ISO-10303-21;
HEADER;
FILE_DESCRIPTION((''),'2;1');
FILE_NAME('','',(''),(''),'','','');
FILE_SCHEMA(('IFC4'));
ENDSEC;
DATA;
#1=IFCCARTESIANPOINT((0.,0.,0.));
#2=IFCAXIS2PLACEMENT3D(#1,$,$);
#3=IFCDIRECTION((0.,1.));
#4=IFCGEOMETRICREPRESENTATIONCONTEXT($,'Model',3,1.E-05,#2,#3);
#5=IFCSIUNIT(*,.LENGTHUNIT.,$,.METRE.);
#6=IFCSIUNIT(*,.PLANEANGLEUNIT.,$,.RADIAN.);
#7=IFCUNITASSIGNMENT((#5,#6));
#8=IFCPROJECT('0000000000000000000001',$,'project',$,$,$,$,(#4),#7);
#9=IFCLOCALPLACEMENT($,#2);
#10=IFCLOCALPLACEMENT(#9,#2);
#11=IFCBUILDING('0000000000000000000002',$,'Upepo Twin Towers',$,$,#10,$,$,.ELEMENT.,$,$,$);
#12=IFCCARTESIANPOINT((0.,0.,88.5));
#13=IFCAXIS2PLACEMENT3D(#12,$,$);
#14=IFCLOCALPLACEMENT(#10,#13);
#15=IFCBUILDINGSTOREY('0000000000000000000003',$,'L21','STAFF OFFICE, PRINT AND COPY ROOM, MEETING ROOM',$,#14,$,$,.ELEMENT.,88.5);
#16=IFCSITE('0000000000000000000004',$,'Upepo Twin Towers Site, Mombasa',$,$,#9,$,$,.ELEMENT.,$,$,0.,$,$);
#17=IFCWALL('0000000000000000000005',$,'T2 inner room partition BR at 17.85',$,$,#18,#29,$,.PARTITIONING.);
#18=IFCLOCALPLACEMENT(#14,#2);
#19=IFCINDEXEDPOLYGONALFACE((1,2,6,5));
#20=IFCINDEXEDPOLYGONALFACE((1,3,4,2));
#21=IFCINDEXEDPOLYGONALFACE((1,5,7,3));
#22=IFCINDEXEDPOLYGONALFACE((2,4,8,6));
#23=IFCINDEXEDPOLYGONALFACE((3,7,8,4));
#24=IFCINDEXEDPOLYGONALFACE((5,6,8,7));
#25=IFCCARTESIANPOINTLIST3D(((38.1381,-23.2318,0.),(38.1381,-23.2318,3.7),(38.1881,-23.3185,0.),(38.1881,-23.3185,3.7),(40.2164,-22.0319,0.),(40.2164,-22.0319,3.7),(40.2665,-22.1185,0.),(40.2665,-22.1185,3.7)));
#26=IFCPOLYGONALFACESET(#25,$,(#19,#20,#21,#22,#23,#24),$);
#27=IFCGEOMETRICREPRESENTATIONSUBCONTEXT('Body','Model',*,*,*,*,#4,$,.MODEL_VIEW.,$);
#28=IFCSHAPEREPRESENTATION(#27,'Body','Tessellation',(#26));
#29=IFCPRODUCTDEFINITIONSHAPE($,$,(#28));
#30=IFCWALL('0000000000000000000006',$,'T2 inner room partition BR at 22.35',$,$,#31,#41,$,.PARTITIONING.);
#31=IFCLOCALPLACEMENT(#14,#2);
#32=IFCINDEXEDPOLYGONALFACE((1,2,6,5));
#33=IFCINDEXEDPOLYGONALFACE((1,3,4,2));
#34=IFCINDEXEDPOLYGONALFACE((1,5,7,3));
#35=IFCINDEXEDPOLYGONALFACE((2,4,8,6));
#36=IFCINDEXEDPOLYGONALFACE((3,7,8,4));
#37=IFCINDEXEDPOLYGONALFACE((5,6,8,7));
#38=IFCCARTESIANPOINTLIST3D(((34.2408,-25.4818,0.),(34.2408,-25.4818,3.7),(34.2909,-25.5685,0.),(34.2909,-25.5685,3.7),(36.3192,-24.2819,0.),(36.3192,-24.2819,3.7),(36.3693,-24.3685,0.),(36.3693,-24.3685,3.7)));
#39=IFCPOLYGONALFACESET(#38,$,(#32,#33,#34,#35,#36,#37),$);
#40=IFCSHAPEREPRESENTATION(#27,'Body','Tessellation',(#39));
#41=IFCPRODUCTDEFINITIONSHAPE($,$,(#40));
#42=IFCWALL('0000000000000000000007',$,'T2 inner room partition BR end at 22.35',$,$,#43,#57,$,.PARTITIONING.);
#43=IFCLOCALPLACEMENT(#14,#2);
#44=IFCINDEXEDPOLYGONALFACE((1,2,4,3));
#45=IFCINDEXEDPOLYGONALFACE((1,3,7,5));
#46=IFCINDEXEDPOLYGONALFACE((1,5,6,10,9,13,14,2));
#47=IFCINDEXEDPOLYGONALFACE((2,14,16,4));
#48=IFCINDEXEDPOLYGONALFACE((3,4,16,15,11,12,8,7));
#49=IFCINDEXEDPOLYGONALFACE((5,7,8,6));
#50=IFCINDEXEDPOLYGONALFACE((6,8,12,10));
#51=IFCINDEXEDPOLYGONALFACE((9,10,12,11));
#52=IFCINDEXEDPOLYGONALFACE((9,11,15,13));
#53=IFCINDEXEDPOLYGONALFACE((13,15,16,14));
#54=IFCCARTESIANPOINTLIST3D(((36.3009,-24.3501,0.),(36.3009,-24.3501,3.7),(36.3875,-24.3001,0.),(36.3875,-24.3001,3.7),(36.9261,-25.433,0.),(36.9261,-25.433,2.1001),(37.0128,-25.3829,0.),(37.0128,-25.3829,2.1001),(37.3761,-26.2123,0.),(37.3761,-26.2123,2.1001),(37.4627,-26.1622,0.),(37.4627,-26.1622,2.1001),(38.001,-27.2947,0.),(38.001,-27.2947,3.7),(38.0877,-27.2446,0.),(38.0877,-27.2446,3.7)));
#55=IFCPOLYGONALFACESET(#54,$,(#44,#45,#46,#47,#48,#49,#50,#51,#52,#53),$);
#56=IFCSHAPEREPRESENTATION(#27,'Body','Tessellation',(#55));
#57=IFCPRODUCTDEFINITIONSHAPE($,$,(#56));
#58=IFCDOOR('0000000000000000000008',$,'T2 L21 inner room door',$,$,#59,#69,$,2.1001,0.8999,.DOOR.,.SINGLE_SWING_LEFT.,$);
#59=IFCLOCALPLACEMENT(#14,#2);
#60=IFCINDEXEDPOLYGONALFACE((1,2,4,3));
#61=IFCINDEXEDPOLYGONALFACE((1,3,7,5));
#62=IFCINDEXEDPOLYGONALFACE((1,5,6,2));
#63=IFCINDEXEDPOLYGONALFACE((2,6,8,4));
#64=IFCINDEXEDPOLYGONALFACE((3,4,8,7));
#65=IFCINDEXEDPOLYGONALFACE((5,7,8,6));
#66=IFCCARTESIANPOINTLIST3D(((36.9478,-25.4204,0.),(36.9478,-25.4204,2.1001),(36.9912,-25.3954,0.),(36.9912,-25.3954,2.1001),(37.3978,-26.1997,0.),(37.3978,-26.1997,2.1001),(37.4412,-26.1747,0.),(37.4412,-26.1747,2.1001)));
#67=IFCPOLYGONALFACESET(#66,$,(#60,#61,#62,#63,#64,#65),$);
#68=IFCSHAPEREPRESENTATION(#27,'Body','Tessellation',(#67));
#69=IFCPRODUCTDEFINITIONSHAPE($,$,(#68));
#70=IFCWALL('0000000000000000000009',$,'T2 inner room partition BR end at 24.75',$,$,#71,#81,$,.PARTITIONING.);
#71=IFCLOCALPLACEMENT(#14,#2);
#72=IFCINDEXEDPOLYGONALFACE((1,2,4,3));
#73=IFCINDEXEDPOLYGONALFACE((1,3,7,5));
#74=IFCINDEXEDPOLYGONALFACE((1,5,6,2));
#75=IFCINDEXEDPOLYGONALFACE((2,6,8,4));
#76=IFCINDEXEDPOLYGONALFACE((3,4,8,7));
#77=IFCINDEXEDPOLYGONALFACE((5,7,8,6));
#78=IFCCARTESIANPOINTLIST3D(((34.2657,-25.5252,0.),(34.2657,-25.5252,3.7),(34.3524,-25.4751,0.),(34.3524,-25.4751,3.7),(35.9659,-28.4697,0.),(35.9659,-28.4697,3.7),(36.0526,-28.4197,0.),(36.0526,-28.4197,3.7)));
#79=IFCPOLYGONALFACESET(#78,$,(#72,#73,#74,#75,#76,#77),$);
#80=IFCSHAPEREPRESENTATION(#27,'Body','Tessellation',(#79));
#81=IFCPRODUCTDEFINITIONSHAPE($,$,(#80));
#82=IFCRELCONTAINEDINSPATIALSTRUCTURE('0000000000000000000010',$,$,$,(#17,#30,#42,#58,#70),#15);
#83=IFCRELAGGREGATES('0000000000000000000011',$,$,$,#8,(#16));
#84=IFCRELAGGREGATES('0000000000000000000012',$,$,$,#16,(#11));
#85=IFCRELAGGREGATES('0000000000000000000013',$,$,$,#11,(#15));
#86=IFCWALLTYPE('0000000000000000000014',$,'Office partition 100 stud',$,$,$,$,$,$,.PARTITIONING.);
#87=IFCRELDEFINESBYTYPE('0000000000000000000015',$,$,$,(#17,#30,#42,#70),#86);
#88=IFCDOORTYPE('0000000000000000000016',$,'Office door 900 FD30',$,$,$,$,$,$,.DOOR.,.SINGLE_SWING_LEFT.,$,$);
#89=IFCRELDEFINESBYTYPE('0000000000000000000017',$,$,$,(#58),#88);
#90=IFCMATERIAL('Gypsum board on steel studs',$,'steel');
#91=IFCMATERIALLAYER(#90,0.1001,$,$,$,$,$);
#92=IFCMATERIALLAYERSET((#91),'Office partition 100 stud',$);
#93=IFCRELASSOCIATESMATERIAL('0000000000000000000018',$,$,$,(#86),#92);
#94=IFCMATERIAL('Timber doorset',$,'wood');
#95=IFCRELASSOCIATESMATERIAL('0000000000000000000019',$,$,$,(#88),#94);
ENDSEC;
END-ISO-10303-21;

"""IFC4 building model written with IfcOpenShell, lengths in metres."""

from ifc_helpers import new_model, si_unit, direction, frame, frame_2d, origin, place, context, subcontext, project, spatial, rectangle, extrude, material, layer, layer_set, type_object, element, fill, save


model = new_model("IFC4")

# Units and contexts
model_context = context("Model", 3, precision=1e-05, world=origin(), true_north=direction((0.0, 1.0)))
body_context = subcontext(model_context, "Body", "Model", "MODEL_VIEW")
ifc_project = project(units=[si_unit("LENGTHUNIT", "METRE"), si_unit("PLANEANGLEUNIT", "RADIAN")], contexts=[model_context])

# Site, building, storey
site_placement = place(None, origin())
site = spatial("IfcSite", under=ifc_project, at=site_placement, Name="Upepo Twin Towers Site, Mombasa", CompositionType="ELEMENT", RefElevation=0.0)
building_placement = place(site_placement, origin())
building = spatial("IfcBuilding", under=site, at=building_placement, Name="Upepo Twin Towers", CompositionType="ELEMENT")
storey_placement = place(building_placement, frame((0.0, 0.0, 88.5)))
storey = spatial("IfcBuildingStorey", under=building, at=storey_placement, Name="L21", Description="STAFF OFFICE, PRINT AND COPY ROOM, MEETING ROOM", CompositionType="ELEMENT", Elevation=88.5)

# Shared definitions
ifc_material_1 = material(Name="Gypsum board on steel studs", Category="steel")
ifc_layer_1 = layer(ifc_material_1, 0.1001)
ifc_layer_set_1 = layer_set([ifc_layer_1], Name="Office partition 100 stud")
wall_type_1 = type_object("IfcWallType", Name="Office partition 100 stud", PredefinedType="PARTITIONING", material=ifc_layer_set_1)
ifc_material_2 = material(Name="Timber doorset", Category="wood")
door_type = type_object("IfcDoorType", Name="Office door 900 FD30", OperationType="SINGLE_SWING_LEFT", PredefinedType="DOOR", material=ifc_material_2)

# Walls
for number, where, z_axis, x_axis, name in (
    (1, (40.2415, -22.0752, 0.0), (0.0, 0.0, 1.0), (-0.866025, -0.500001, 0.0), "T2 inner room partition BR at 17.85"),
    (2, (36.3442, -24.3252, 0.0), (0.0, 0.0, 1.0), (-0.866025, -0.500001, 0.0), "T2 inner room partition BR at 22.35"),
):
    element("IfcWall", number, at=place(storey_placement, frame(where, z_axis=z_axis, x_axis=x_axis)), inside=storey, type_object=wall_type_1, Name=name, PredefinedType="PARTITIONING", context=body_context, shape_type="SweptSolid", body=[
        extrude(rectangle(XDim=2.3999, YDim=0.1001, at=frame_2d((1.2, 0.0))), origin(), (0.0, 0.0, 1.0), 3.7),
    ])

# Wall, opening, door
wall_1_placement = place(storey_placement, frame((38.0444, -27.2698, 0.0), z_axis=(0.0, 0.0, 1.0), x_axis=(-0.500031, 0.866007, 0.0)))
wall_1 = element("IfcWall", 3, at=wall_1_placement, inside=storey, type_object=wall_type_1, Name="T2 inner room partition BR end at 22.35", PredefinedType="PARTITIONING", context=body_context, shape_type="SweptSolid", body=[
    extrude(rectangle(XDim=3.4001, YDim=0.1001, at=frame_2d((1.7002, 0.0))), origin(), (0.0, 0.0, 1.0), 3.7),
])
opening_1_placement = place(wall_1_placement, frame((1.25, 0.0, 0.0)))
opening_1 = element("IfcOpeningElement", 4, at=opening_1_placement, cuts=wall_1, PredefinedType="OPENING", context=body_context, shape_type="SweptSolid", body=[
    extrude(rectangle(XDim=0.8999, YDim=2.1001, at=frame_2d((0.45, 1.05))), frame((0.0, 0.0601, 0.0), z_axis=(0.0, -1.0, 0.0), x_axis=(1.0, 0.0, 0.0)), (0.0, 0.0, 1.0), 0.1201),
])
door_1_placement = place(opening_1_placement, origin())
door_1 = element("IfcDoor", 5, at=door_1_placement, inside=storey, type_object=door_type, Name="T2 L21 inner room door", OperationType="SINGLE_SWING_LEFT", OverallHeight=2.1001, OverallWidth=0.8999, PredefinedType="DOOR", context=body_context, shape_type="SweptSolid", body=[
    extrude(rectangle(XDim=0.8999, YDim=2.1001, at=frame_2d((0.45, 1.05))), frame((0.0, 0.0249, 0.0), z_axis=(0.0, -1.0, 0.0), x_axis=(1.0, 0.0, 0.0)), (0.0, 0.0, 1.0), 0.05),
])
fill(opening_1, door_1)

# Wall
wall_2_placement = place(storey_placement, frame((36.0093, -28.4448, 0.0), z_axis=(0.0, 0.0, 1.0), x_axis=(-0.500031, 0.866007, 0.0)))
element("IfcWall", 6, at=wall_2_placement, inside=storey, type_object=wall_type_1, Name="T2 inner room partition BR end at 24.75", PredefinedType="PARTITIONING", context=body_context, shape_type="SweptSolid", body=[
    extrude(rectangle(XDim=3.4001, YDim=0.1001, at=frame_2d((1.7002, 0.0))), origin(), (0.0, 0.0, 1.0), 3.7),
])

save(model, "model.ifc")
